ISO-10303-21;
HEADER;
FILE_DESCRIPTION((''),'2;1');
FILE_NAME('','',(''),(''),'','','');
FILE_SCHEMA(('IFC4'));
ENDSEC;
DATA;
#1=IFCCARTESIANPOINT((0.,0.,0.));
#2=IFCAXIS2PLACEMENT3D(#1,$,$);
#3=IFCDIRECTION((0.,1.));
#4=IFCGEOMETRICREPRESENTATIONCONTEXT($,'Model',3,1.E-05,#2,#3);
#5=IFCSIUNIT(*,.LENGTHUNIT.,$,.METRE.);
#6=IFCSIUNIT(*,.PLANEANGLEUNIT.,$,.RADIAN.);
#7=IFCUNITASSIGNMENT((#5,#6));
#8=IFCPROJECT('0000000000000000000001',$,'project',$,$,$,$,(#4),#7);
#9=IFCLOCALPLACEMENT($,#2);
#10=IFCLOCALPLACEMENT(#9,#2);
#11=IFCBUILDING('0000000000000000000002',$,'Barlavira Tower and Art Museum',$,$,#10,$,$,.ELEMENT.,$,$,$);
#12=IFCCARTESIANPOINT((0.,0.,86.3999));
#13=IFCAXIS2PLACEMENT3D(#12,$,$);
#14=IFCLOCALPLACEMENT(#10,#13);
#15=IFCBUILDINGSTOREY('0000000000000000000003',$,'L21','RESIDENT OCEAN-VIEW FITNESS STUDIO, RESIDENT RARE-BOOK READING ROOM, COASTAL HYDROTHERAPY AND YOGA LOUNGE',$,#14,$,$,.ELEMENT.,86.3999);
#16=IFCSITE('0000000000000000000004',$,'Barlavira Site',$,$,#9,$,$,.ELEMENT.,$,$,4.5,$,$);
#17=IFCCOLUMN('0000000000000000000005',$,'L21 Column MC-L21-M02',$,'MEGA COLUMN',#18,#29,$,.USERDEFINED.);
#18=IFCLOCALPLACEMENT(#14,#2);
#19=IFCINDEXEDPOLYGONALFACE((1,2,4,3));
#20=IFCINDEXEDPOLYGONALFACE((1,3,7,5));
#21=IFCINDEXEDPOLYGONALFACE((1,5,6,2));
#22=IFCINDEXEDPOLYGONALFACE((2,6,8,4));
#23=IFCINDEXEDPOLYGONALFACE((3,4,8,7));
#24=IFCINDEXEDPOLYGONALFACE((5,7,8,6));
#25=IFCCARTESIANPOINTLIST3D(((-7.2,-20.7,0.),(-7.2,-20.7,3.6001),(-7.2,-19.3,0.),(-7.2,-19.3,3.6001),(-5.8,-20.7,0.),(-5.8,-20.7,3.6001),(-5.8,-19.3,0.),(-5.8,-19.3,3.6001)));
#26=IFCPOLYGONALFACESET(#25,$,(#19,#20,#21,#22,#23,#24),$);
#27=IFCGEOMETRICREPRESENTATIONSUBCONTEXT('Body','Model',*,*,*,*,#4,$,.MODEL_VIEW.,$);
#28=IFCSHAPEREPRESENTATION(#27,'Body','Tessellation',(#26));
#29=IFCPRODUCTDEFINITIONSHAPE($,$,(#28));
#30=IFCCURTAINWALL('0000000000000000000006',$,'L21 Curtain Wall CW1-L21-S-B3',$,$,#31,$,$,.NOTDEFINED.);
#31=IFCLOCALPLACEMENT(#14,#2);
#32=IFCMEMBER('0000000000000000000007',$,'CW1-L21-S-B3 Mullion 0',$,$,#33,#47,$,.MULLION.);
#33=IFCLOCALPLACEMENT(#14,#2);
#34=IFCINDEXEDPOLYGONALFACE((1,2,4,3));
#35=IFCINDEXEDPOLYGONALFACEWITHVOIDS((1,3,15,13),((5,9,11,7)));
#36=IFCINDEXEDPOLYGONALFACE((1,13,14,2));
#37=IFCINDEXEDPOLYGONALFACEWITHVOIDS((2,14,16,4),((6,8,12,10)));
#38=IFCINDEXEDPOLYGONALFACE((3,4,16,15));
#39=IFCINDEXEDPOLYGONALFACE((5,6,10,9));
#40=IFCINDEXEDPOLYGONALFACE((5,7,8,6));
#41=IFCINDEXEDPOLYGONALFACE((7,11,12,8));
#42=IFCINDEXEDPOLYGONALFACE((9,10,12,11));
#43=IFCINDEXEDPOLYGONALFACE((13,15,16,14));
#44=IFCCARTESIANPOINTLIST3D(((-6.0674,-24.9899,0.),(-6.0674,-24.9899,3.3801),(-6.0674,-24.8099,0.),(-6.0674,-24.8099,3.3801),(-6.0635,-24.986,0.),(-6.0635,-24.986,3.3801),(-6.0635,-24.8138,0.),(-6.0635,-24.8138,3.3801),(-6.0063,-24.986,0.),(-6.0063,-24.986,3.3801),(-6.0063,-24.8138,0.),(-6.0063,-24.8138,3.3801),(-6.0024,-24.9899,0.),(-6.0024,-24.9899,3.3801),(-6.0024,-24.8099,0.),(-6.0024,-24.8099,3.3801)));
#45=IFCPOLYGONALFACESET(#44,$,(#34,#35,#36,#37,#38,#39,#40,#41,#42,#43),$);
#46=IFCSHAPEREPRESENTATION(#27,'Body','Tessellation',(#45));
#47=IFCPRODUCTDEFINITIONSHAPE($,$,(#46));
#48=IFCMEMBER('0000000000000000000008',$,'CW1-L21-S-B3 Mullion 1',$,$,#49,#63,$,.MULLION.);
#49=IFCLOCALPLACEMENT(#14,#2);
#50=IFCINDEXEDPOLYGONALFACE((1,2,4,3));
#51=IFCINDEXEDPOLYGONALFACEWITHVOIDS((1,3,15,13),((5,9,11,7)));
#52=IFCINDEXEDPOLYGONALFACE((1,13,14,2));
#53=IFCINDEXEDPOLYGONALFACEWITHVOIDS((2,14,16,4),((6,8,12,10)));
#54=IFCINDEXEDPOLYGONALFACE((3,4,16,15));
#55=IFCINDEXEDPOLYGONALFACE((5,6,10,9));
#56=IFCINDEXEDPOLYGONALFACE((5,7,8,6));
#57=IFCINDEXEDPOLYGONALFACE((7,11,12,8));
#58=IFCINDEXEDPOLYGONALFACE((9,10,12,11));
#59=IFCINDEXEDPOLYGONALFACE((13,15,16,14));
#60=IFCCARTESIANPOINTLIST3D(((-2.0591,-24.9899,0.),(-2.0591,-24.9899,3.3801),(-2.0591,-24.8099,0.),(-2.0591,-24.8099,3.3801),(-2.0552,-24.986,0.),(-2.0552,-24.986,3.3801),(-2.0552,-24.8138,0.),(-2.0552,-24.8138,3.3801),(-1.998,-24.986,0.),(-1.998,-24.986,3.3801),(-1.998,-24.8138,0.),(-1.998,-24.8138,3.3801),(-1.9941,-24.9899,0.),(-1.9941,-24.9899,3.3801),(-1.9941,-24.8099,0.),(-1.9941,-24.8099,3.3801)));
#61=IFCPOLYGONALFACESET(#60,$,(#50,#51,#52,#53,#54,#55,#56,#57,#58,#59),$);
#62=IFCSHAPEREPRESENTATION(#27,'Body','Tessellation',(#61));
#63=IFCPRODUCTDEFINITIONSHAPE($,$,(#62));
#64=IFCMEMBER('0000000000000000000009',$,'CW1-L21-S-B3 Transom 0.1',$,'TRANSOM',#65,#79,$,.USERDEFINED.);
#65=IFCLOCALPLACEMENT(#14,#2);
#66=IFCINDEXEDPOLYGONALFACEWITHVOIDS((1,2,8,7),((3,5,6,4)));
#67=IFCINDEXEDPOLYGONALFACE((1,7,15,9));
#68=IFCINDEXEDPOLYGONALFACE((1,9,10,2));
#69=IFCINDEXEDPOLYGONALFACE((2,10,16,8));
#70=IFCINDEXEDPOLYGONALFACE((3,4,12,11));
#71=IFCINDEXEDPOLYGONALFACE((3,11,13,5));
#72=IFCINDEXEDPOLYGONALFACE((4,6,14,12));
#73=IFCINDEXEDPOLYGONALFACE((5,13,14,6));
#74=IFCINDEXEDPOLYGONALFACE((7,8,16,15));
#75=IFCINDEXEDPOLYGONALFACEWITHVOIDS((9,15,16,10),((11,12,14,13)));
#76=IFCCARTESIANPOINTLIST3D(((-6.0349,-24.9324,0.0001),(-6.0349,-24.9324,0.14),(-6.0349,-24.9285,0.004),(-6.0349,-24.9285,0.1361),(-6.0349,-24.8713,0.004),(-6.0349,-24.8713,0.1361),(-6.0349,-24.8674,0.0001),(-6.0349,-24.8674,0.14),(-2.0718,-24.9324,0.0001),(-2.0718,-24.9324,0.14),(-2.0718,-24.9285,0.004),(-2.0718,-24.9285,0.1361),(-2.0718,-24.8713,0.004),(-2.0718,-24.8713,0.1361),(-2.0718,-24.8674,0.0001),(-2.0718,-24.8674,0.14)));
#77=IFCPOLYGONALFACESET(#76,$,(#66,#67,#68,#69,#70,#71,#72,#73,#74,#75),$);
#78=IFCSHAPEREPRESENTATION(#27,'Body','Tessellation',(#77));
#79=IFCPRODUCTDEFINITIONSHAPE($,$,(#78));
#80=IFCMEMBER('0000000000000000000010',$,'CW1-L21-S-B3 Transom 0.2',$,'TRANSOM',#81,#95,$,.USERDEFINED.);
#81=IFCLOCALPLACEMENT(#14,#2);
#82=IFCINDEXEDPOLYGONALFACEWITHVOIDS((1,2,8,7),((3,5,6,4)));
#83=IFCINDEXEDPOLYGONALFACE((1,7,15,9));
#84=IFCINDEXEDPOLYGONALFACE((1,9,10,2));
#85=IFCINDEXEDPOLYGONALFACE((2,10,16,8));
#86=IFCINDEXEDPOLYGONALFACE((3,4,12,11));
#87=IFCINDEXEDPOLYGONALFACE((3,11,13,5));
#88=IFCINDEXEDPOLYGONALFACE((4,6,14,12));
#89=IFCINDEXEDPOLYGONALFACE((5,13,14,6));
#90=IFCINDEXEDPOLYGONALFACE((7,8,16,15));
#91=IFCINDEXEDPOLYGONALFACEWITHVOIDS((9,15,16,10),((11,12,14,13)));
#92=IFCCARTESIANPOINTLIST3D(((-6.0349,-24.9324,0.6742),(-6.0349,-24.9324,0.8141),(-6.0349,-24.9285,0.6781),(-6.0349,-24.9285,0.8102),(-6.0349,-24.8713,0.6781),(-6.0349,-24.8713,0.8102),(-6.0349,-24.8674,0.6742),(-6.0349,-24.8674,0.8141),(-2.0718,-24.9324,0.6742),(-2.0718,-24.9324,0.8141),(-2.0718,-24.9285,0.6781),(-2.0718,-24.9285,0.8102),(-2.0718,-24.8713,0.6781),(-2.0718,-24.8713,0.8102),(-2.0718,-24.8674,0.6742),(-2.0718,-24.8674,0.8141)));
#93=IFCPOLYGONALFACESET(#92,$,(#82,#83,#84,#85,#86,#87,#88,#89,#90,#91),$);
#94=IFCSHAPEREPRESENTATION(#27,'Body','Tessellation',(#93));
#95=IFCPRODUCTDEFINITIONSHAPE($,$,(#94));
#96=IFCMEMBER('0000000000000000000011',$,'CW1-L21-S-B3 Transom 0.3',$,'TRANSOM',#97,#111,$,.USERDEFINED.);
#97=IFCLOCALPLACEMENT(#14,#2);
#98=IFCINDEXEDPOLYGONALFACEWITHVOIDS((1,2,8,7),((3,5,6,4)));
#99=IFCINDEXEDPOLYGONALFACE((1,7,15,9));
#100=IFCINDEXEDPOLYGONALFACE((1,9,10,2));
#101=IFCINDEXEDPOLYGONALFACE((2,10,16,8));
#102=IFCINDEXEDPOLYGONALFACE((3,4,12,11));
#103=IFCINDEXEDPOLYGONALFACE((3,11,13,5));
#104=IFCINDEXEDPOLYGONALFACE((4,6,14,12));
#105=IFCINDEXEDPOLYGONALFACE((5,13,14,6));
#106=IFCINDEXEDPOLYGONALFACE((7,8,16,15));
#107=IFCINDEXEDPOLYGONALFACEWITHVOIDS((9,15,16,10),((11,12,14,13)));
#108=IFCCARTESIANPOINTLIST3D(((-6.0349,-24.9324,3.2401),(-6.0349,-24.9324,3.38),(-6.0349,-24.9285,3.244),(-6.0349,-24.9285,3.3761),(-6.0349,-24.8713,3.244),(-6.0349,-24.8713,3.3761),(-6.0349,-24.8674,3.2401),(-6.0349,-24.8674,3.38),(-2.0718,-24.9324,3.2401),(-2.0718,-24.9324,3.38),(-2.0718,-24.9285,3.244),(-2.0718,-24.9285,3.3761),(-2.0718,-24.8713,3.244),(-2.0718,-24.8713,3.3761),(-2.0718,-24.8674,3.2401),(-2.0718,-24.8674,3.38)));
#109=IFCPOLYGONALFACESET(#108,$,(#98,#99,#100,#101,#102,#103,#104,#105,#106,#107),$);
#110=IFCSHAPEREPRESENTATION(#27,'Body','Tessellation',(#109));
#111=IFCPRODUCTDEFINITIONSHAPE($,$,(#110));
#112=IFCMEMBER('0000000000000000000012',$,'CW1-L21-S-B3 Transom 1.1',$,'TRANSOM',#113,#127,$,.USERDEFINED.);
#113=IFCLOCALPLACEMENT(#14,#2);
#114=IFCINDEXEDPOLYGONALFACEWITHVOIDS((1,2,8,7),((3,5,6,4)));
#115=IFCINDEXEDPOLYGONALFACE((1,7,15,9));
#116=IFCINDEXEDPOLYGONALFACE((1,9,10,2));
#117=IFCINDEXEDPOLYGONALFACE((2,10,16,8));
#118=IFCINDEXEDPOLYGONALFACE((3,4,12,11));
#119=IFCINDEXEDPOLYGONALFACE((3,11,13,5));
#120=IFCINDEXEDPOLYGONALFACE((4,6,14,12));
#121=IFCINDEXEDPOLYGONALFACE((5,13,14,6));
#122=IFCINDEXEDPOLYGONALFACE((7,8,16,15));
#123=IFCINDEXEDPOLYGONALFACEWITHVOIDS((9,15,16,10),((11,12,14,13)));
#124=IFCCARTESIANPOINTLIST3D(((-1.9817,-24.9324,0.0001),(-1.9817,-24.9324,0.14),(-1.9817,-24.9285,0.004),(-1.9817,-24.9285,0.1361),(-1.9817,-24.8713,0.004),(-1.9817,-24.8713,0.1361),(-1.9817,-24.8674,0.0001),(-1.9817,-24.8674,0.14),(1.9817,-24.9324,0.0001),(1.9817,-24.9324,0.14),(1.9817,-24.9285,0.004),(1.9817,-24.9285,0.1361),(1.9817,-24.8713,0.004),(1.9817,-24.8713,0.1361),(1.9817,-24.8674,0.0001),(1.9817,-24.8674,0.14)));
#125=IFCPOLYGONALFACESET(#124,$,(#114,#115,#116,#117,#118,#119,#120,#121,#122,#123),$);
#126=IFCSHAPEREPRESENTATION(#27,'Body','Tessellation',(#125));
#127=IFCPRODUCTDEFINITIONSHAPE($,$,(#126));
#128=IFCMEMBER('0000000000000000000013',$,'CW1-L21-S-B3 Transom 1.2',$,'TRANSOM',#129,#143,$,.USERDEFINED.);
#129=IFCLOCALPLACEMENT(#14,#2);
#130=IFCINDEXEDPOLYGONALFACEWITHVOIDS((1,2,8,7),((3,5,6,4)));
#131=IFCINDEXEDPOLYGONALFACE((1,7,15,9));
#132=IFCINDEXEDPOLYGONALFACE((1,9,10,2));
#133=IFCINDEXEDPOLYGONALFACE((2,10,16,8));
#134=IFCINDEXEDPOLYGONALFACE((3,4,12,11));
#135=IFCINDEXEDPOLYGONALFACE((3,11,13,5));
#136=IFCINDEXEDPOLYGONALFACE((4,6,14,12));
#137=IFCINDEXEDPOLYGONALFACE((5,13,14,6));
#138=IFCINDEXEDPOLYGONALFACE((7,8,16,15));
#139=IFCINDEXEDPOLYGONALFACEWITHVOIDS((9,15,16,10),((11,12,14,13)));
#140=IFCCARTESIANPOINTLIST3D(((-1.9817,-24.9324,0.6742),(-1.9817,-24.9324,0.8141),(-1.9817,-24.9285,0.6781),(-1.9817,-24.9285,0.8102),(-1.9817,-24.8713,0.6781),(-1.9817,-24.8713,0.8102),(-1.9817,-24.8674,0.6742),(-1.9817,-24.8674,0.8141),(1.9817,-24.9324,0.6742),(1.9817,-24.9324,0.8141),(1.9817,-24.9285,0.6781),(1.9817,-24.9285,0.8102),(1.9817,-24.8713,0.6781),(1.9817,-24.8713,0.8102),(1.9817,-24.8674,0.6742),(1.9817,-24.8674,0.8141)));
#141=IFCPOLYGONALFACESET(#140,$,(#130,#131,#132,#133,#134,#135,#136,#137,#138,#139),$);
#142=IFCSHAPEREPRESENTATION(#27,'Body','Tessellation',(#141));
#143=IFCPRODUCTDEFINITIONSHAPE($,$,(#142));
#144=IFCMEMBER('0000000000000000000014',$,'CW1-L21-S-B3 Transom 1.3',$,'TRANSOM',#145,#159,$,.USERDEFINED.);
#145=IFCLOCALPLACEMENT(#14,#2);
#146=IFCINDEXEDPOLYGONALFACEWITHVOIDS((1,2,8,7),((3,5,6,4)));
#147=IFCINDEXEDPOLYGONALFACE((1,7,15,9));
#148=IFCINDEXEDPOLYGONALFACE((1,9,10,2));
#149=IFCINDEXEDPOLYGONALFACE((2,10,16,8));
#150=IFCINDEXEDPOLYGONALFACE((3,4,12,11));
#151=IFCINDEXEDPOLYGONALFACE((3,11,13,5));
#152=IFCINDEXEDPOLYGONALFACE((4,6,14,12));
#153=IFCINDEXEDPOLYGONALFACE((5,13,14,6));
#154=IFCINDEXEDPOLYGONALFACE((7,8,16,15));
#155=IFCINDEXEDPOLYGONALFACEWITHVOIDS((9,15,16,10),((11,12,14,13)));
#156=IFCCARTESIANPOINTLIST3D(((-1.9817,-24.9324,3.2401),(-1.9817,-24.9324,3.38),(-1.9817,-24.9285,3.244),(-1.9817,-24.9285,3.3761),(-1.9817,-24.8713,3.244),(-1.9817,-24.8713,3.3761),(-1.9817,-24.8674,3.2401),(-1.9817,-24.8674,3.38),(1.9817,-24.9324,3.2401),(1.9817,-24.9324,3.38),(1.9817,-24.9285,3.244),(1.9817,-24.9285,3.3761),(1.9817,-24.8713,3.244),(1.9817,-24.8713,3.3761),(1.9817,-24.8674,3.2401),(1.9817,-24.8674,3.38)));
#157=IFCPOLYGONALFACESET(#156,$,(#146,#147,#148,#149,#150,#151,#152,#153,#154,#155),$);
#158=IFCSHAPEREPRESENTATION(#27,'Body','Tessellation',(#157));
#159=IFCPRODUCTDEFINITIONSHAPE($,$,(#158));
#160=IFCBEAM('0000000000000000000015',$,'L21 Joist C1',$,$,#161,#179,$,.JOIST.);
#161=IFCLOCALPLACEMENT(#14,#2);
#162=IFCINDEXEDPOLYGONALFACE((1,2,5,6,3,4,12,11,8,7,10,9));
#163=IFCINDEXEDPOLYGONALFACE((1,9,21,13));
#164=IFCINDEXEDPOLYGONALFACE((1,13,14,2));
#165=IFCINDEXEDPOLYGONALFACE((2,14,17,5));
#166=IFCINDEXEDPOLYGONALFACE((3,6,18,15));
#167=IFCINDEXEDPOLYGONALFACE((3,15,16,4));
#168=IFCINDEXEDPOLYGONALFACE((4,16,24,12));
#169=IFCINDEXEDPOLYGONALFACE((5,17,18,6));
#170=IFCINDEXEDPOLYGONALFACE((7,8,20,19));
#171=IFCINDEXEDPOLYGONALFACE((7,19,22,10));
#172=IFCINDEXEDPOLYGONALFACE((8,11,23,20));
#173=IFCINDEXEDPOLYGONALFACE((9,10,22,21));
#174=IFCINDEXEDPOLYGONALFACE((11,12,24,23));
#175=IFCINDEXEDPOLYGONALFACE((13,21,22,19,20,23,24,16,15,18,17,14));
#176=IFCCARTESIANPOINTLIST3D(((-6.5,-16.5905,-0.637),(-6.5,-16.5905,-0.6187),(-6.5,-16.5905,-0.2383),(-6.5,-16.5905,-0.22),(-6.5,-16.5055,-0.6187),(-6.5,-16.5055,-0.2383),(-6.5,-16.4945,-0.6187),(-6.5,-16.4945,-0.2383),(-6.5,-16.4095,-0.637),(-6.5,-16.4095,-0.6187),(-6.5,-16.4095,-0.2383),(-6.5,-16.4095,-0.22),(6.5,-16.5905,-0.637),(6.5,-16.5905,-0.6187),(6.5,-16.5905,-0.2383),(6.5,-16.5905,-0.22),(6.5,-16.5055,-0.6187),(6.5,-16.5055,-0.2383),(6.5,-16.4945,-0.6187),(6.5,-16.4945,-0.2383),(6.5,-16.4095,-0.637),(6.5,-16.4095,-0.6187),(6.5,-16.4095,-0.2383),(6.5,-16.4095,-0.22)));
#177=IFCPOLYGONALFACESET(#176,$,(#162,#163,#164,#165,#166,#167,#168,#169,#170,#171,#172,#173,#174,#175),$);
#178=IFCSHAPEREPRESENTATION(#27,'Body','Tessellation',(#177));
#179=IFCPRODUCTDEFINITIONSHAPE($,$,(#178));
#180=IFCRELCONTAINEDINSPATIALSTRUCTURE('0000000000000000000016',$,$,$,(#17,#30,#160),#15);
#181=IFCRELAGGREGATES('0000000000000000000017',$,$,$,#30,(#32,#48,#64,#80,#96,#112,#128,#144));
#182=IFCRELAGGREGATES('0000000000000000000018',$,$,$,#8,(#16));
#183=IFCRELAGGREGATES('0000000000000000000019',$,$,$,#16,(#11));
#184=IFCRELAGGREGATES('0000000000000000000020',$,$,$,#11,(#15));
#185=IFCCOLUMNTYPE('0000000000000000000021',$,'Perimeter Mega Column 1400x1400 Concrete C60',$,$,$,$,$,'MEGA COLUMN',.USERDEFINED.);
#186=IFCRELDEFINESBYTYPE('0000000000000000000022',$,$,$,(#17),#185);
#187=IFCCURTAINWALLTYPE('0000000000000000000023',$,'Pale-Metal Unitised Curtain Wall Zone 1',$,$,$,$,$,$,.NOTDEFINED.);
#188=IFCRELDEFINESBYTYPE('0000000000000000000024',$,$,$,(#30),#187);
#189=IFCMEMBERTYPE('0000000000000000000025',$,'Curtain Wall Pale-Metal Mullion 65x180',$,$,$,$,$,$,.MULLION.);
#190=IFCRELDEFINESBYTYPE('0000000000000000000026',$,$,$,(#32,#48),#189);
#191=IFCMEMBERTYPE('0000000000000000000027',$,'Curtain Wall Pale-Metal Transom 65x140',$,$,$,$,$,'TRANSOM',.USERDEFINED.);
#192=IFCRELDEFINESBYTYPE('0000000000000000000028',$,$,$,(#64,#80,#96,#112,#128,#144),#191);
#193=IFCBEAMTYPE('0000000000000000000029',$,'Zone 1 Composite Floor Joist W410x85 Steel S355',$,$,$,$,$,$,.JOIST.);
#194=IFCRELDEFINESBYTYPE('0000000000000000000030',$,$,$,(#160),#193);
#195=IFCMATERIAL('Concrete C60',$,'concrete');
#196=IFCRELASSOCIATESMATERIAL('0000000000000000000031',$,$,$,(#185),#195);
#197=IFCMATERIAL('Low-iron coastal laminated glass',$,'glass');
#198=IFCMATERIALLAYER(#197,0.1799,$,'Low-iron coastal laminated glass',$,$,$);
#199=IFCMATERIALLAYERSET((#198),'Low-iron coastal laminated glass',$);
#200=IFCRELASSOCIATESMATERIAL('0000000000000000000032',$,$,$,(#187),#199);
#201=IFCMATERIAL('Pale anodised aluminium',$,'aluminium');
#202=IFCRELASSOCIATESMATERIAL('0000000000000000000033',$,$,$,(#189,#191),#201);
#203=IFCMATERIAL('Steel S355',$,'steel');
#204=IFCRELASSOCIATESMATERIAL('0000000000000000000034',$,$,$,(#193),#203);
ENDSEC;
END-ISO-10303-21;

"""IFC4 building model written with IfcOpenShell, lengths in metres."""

from ifc_helpers import new_model, si_unit, direction, frame, origin, origin_2d, place, context, subcontext, project, spatial, rectangle, hollow_rectangle, i_section, extrude, material, layer, layer_set, material_profile, profile_set, type_object, element, aggregate, save


model = new_model("IFC4")

# Units and contexts
model_context = context("Model", 3, precision=1e-05, world=origin(), true_north=direction((0.0, 1.0)))
body_context = subcontext(model_context, "Body", "Model", "MODEL_VIEW")
ifc_project = project(units=[si_unit("LENGTHUNIT", "METRE"), si_unit("PLANEANGLEUNIT", "RADIAN")], contexts=[model_context])

# Site, building, storey
site_placement = place(None, origin())
site = spatial("IfcSite", under=ifc_project, at=site_placement, Name="Barlavira Site", CompositionType="ELEMENT", RefElevation=4.5)
building_placement = place(site_placement, origin())
building = spatial("IfcBuilding", under=site, at=building_placement, Name="Barlavira Tower and Art Museum", CompositionType="ELEMENT")
storey_placement = place(building_placement, frame((0.0, 0.0, 86.3999)))
storey = spatial("IfcBuildingStorey", under=building, at=storey_placement, Name="L21", Description="RESIDENT OCEAN-VIEW FITNESS STUDIO, RESIDENT RARE-BOOK READING ROOM, COASTAL HYDROTHERAPY AND YOGA LOUNGE", CompositionType="ELEMENT", Elevation=86.3999)

# Column
ifc_material_1 = material(Name="Concrete C60", Category="concrete")
ifc_material_profile_1 = material_profile(ifc_material_1, rectangle(XDim=1.3999, YDim=1.3999, at=origin_2d()), Name="RC-MCOL 1400x1400")
ifc_profile_set_1 = profile_set([ifc_material_profile_1], Name="Concrete C60")
column_type = type_object("IfcColumnType", Name="Perimeter Mega Column 1400x1400 Concrete C60", ElementType="MEGA COLUMN", PredefinedType="USERDEFINED", material=ifc_profile_set_1)
column_placement = place(storey_placement, frame((-6.5, -20.0, 0.0), z_axis=(0.0, 0.0, 1.0), x_axis=(1.0, 0.0, 0.0)))
element("IfcColumn", 1, at=column_placement, inside=storey, type_object=column_type, Name="L21 Column MC-L21-M02", ObjectType="MEGA COLUMN", PredefinedType="USERDEFINED", context=body_context, shape_type="SweptSolid", body=[
    extrude(rectangle(XDim=1.3999, YDim=1.3999, at=origin_2d()), origin(), (0.0, 0.0, 1.0), 3.6001),
])

# Curtain wall, members
ifc_material_2 = material(Name="Low-iron coastal laminated glass", Category="glass")
ifc_layer_1 = layer(ifc_material_2, 0.1799, Name="Low-iron coastal laminated glass")
ifc_layer_set_1 = layer_set([ifc_layer_1], Name="Low-iron coastal laminated glass")
curtain_wall_type = type_object("IfcCurtainWallType", Name="Pale-Metal Unitised Curtain Wall Zone 1", PredefinedType="NOTDEFINED", material=ifc_layer_set_1)
curtain_wall_placement = place(storey_placement, origin())
curtain_wall = element("IfcCurtainWall", 2, at=curtain_wall_placement, inside=storey, type_object=curtain_wall_type, Name="L21 Curtain Wall CW1-L21-S-B3", PredefinedType="NOTDEFINED")
ifc_material_3 = material(Name="Pale anodised aluminium", Category="aluminium")
ifc_material_profile_2 = material_profile(ifc_material_3, hollow_rectangle(XDim=0.0649, YDim=0.1799, WallThickness=0.0039, at=origin_2d()), Name="ALU-MULL 65x180x4")
ifc_profile_set_2 = profile_set([ifc_material_profile_2], Name="Pale anodised aluminium")
member_type_1 = type_object("IfcMemberType", Name="Curtain Wall Pale-Metal Mullion 65x180", PredefinedType="MULLION", material=ifc_profile_set_2)
member_1_placement = place(storey_placement, frame((-6.0349, -24.8999, 0.0), z_axis=(0.0, 0.0, 1.0), x_axis=(1.0, 0.0, 0.0)))
member_1 = element("IfcMember", 3, at=member_1_placement, type_object=member_type_1, Name="CW1-L21-S-B3 Mullion 0", PredefinedType="MULLION", context=body_context, shape_type="SweptSolid", body=[
    extrude(hollow_rectangle(XDim=0.0649, YDim=0.1799, WallThickness=0.0039, at=origin_2d()), origin(), (0.0, 0.0, 1.0), 3.3801),
])
member_2_placement = place(storey_placement, frame((-2.0266, -24.8999, 0.0), z_axis=(0.0, 0.0, 1.0), x_axis=(1.0, 0.0, 0.0)))
member_2 = element("IfcMember", 4, at=member_2_placement, type_object=member_type_1, Name="CW1-L21-S-B3 Mullion 1", PredefinedType="MULLION", context=body_context, shape_type="SweptSolid", body=[
    extrude(hollow_rectangle(XDim=0.0649, YDim=0.1799, WallThickness=0.0039, at=origin_2d()), origin(), (0.0, 0.0, 1.0), 3.3801),
])
ifc_material_profile_3 = material_profile(ifc_material_3, hollow_rectangle(XDim=0.0649, YDim=0.1399, WallThickness=0.0039, at=origin_2d()), Name="ALU-TRAN 65x140x4")
ifc_profile_set_3 = profile_set([ifc_material_profile_3], Name="Pale anodised aluminium")
member_type_2 = type_object("IfcMemberType", Name="Curtain Wall Pale-Metal Transom 65x140", ElementType="TRANSOM", PredefinedType="USERDEFINED", material=ifc_profile_set_3)
member_3_placement = place(storey_placement, frame((-6.0349, -24.8999, 0.0701), z_axis=(1.0, 0.0, 0.0), x_axis=(0.0, 1.0, 0.0)))
member_3 = element("IfcMember", 5, at=member_3_placement, type_object=member_type_2, Name="CW1-L21-S-B3 Transom 0.1", ObjectType="TRANSOM", PredefinedType="USERDEFINED", context=body_context, shape_type="SweptSolid", body=[
    extrude(hollow_rectangle(XDim=0.0649, YDim=0.1399, WallThickness=0.0039, at=origin_2d()), origin(), (0.0, 0.0, 1.0), 3.9631),
])
member_4_placement = place(storey_placement, frame((-6.0349, -24.8999, 0.7441), z_axis=(1.0, 0.0, 0.0), x_axis=(0.0, 1.0, 0.0)))
member_4 = element("IfcMember", 6, at=member_4_placement, type_object=member_type_2, Name="CW1-L21-S-B3 Transom 0.2", ObjectType="TRANSOM", PredefinedType="USERDEFINED", context=body_context, shape_type="SweptSolid", body=[
    extrude(hollow_rectangle(XDim=0.0649, YDim=0.1399, WallThickness=0.0039, at=origin_2d()), origin(), (0.0, 0.0, 1.0), 3.9631),
])
member_5_placement = place(storey_placement, frame((-6.0349, -24.8999, 3.3101), z_axis=(1.0, 0.0, 0.0), x_axis=(0.0, 1.0, 0.0)))
member_5 = element("IfcMember", 7, at=member_5_placement, type_object=member_type_2, Name="CW1-L21-S-B3 Transom 0.3", ObjectType="TRANSOM", PredefinedType="USERDEFINED", context=body_context, shape_type="SweptSolid", body=[
    extrude(hollow_rectangle(XDim=0.0649, YDim=0.1399, WallThickness=0.0039, at=origin_2d()), origin(), (0.0, 0.0, 1.0), 3.9631),
])
member_6_placement = place(storey_placement, frame((-1.9817, -24.8999, 0.0701), z_axis=(1.0, 0.0, 0.0), x_axis=(0.0, 1.0, 0.0)))
member_6 = element("IfcMember", 8, at=member_6_placement, type_object=member_type_2, Name="CW1-L21-S-B3 Transom 1.1", ObjectType="TRANSOM", PredefinedType="USERDEFINED", context=body_context, shape_type="SweptSolid", body=[
    extrude(hollow_rectangle(XDim=0.0649, YDim=0.1399, WallThickness=0.0039, at=origin_2d()), origin(), (0.0, 0.0, 1.0), 3.9634),
])
member_7_placement = place(storey_placement, frame((-1.9817, -24.8999, 0.7441), z_axis=(1.0, 0.0, 0.0), x_axis=(0.0, 1.0, 0.0)))
member_7 = element("IfcMember", 9, at=member_7_placement, type_object=member_type_2, Name="CW1-L21-S-B3 Transom 1.2", ObjectType="TRANSOM", PredefinedType="USERDEFINED", context=body_context, shape_type="SweptSolid", body=[
    extrude(hollow_rectangle(XDim=0.0649, YDim=0.1399, WallThickness=0.0039, at=origin_2d()), origin(), (0.0, 0.0, 1.0), 3.9634),
])
member_8_placement = place(storey_placement, frame((-1.9817, -24.8999, 3.3101), z_axis=(1.0, 0.0, 0.0), x_axis=(0.0, 1.0, 0.0)))
member_8 = element("IfcMember", 10, at=member_8_placement, type_object=member_type_2, Name="CW1-L21-S-B3 Transom 1.3", ObjectType="TRANSOM", PredefinedType="USERDEFINED", context=body_context, shape_type="SweptSolid", body=[
    extrude(hollow_rectangle(XDim=0.0649, YDim=0.1399, WallThickness=0.0039, at=origin_2d()), origin(), (0.0, 0.0, 1.0), 3.9634),
])

# Beam
ifc_material_4 = material(Name="Steel S355", Category="steel")
ifc_material_profile_4 = material_profile(ifc_material_4, i_section(OverallWidth=0.1809, OverallDepth=0.417, WebThickness=0.011, FlangeThickness=0.0183, at=origin_2d()), Name="W410x85.0")
ifc_profile_set_4 = profile_set([ifc_material_profile_4], Name="Steel S355")
beam_type_1 = type_object("IfcBeamType", Name="Zone 1 Composite Floor Joist W410x85 Steel S355", PredefinedType="JOIST", material=ifc_profile_set_4)
beam_1_placement = place(storey_placement, frame((-6.5, -16.5, -0.4285), z_axis=(1.0, 0.0, 0.0), x_axis=(0.0, 1.0, 0.0)))
element("IfcBeam", 11, at=beam_1_placement, inside=storey, type_object=beam_type_1, Name="L21 Joist C1", PredefinedType="JOIST", context=body_context, shape_type="SweptSolid", body=[
    extrude(i_section(OverallWidth=0.1809, OverallDepth=0.417, WebThickness=0.011, FlangeThickness=0.0183, at=origin_2d()), origin(), (0.0, 0.0, 1.0), 13.0),
])

aggregate(curtain_wall, [member_1, member_2, member_3, member_4, member_5, member_6, member_7, member_8])

save(model, "model.ifc")
